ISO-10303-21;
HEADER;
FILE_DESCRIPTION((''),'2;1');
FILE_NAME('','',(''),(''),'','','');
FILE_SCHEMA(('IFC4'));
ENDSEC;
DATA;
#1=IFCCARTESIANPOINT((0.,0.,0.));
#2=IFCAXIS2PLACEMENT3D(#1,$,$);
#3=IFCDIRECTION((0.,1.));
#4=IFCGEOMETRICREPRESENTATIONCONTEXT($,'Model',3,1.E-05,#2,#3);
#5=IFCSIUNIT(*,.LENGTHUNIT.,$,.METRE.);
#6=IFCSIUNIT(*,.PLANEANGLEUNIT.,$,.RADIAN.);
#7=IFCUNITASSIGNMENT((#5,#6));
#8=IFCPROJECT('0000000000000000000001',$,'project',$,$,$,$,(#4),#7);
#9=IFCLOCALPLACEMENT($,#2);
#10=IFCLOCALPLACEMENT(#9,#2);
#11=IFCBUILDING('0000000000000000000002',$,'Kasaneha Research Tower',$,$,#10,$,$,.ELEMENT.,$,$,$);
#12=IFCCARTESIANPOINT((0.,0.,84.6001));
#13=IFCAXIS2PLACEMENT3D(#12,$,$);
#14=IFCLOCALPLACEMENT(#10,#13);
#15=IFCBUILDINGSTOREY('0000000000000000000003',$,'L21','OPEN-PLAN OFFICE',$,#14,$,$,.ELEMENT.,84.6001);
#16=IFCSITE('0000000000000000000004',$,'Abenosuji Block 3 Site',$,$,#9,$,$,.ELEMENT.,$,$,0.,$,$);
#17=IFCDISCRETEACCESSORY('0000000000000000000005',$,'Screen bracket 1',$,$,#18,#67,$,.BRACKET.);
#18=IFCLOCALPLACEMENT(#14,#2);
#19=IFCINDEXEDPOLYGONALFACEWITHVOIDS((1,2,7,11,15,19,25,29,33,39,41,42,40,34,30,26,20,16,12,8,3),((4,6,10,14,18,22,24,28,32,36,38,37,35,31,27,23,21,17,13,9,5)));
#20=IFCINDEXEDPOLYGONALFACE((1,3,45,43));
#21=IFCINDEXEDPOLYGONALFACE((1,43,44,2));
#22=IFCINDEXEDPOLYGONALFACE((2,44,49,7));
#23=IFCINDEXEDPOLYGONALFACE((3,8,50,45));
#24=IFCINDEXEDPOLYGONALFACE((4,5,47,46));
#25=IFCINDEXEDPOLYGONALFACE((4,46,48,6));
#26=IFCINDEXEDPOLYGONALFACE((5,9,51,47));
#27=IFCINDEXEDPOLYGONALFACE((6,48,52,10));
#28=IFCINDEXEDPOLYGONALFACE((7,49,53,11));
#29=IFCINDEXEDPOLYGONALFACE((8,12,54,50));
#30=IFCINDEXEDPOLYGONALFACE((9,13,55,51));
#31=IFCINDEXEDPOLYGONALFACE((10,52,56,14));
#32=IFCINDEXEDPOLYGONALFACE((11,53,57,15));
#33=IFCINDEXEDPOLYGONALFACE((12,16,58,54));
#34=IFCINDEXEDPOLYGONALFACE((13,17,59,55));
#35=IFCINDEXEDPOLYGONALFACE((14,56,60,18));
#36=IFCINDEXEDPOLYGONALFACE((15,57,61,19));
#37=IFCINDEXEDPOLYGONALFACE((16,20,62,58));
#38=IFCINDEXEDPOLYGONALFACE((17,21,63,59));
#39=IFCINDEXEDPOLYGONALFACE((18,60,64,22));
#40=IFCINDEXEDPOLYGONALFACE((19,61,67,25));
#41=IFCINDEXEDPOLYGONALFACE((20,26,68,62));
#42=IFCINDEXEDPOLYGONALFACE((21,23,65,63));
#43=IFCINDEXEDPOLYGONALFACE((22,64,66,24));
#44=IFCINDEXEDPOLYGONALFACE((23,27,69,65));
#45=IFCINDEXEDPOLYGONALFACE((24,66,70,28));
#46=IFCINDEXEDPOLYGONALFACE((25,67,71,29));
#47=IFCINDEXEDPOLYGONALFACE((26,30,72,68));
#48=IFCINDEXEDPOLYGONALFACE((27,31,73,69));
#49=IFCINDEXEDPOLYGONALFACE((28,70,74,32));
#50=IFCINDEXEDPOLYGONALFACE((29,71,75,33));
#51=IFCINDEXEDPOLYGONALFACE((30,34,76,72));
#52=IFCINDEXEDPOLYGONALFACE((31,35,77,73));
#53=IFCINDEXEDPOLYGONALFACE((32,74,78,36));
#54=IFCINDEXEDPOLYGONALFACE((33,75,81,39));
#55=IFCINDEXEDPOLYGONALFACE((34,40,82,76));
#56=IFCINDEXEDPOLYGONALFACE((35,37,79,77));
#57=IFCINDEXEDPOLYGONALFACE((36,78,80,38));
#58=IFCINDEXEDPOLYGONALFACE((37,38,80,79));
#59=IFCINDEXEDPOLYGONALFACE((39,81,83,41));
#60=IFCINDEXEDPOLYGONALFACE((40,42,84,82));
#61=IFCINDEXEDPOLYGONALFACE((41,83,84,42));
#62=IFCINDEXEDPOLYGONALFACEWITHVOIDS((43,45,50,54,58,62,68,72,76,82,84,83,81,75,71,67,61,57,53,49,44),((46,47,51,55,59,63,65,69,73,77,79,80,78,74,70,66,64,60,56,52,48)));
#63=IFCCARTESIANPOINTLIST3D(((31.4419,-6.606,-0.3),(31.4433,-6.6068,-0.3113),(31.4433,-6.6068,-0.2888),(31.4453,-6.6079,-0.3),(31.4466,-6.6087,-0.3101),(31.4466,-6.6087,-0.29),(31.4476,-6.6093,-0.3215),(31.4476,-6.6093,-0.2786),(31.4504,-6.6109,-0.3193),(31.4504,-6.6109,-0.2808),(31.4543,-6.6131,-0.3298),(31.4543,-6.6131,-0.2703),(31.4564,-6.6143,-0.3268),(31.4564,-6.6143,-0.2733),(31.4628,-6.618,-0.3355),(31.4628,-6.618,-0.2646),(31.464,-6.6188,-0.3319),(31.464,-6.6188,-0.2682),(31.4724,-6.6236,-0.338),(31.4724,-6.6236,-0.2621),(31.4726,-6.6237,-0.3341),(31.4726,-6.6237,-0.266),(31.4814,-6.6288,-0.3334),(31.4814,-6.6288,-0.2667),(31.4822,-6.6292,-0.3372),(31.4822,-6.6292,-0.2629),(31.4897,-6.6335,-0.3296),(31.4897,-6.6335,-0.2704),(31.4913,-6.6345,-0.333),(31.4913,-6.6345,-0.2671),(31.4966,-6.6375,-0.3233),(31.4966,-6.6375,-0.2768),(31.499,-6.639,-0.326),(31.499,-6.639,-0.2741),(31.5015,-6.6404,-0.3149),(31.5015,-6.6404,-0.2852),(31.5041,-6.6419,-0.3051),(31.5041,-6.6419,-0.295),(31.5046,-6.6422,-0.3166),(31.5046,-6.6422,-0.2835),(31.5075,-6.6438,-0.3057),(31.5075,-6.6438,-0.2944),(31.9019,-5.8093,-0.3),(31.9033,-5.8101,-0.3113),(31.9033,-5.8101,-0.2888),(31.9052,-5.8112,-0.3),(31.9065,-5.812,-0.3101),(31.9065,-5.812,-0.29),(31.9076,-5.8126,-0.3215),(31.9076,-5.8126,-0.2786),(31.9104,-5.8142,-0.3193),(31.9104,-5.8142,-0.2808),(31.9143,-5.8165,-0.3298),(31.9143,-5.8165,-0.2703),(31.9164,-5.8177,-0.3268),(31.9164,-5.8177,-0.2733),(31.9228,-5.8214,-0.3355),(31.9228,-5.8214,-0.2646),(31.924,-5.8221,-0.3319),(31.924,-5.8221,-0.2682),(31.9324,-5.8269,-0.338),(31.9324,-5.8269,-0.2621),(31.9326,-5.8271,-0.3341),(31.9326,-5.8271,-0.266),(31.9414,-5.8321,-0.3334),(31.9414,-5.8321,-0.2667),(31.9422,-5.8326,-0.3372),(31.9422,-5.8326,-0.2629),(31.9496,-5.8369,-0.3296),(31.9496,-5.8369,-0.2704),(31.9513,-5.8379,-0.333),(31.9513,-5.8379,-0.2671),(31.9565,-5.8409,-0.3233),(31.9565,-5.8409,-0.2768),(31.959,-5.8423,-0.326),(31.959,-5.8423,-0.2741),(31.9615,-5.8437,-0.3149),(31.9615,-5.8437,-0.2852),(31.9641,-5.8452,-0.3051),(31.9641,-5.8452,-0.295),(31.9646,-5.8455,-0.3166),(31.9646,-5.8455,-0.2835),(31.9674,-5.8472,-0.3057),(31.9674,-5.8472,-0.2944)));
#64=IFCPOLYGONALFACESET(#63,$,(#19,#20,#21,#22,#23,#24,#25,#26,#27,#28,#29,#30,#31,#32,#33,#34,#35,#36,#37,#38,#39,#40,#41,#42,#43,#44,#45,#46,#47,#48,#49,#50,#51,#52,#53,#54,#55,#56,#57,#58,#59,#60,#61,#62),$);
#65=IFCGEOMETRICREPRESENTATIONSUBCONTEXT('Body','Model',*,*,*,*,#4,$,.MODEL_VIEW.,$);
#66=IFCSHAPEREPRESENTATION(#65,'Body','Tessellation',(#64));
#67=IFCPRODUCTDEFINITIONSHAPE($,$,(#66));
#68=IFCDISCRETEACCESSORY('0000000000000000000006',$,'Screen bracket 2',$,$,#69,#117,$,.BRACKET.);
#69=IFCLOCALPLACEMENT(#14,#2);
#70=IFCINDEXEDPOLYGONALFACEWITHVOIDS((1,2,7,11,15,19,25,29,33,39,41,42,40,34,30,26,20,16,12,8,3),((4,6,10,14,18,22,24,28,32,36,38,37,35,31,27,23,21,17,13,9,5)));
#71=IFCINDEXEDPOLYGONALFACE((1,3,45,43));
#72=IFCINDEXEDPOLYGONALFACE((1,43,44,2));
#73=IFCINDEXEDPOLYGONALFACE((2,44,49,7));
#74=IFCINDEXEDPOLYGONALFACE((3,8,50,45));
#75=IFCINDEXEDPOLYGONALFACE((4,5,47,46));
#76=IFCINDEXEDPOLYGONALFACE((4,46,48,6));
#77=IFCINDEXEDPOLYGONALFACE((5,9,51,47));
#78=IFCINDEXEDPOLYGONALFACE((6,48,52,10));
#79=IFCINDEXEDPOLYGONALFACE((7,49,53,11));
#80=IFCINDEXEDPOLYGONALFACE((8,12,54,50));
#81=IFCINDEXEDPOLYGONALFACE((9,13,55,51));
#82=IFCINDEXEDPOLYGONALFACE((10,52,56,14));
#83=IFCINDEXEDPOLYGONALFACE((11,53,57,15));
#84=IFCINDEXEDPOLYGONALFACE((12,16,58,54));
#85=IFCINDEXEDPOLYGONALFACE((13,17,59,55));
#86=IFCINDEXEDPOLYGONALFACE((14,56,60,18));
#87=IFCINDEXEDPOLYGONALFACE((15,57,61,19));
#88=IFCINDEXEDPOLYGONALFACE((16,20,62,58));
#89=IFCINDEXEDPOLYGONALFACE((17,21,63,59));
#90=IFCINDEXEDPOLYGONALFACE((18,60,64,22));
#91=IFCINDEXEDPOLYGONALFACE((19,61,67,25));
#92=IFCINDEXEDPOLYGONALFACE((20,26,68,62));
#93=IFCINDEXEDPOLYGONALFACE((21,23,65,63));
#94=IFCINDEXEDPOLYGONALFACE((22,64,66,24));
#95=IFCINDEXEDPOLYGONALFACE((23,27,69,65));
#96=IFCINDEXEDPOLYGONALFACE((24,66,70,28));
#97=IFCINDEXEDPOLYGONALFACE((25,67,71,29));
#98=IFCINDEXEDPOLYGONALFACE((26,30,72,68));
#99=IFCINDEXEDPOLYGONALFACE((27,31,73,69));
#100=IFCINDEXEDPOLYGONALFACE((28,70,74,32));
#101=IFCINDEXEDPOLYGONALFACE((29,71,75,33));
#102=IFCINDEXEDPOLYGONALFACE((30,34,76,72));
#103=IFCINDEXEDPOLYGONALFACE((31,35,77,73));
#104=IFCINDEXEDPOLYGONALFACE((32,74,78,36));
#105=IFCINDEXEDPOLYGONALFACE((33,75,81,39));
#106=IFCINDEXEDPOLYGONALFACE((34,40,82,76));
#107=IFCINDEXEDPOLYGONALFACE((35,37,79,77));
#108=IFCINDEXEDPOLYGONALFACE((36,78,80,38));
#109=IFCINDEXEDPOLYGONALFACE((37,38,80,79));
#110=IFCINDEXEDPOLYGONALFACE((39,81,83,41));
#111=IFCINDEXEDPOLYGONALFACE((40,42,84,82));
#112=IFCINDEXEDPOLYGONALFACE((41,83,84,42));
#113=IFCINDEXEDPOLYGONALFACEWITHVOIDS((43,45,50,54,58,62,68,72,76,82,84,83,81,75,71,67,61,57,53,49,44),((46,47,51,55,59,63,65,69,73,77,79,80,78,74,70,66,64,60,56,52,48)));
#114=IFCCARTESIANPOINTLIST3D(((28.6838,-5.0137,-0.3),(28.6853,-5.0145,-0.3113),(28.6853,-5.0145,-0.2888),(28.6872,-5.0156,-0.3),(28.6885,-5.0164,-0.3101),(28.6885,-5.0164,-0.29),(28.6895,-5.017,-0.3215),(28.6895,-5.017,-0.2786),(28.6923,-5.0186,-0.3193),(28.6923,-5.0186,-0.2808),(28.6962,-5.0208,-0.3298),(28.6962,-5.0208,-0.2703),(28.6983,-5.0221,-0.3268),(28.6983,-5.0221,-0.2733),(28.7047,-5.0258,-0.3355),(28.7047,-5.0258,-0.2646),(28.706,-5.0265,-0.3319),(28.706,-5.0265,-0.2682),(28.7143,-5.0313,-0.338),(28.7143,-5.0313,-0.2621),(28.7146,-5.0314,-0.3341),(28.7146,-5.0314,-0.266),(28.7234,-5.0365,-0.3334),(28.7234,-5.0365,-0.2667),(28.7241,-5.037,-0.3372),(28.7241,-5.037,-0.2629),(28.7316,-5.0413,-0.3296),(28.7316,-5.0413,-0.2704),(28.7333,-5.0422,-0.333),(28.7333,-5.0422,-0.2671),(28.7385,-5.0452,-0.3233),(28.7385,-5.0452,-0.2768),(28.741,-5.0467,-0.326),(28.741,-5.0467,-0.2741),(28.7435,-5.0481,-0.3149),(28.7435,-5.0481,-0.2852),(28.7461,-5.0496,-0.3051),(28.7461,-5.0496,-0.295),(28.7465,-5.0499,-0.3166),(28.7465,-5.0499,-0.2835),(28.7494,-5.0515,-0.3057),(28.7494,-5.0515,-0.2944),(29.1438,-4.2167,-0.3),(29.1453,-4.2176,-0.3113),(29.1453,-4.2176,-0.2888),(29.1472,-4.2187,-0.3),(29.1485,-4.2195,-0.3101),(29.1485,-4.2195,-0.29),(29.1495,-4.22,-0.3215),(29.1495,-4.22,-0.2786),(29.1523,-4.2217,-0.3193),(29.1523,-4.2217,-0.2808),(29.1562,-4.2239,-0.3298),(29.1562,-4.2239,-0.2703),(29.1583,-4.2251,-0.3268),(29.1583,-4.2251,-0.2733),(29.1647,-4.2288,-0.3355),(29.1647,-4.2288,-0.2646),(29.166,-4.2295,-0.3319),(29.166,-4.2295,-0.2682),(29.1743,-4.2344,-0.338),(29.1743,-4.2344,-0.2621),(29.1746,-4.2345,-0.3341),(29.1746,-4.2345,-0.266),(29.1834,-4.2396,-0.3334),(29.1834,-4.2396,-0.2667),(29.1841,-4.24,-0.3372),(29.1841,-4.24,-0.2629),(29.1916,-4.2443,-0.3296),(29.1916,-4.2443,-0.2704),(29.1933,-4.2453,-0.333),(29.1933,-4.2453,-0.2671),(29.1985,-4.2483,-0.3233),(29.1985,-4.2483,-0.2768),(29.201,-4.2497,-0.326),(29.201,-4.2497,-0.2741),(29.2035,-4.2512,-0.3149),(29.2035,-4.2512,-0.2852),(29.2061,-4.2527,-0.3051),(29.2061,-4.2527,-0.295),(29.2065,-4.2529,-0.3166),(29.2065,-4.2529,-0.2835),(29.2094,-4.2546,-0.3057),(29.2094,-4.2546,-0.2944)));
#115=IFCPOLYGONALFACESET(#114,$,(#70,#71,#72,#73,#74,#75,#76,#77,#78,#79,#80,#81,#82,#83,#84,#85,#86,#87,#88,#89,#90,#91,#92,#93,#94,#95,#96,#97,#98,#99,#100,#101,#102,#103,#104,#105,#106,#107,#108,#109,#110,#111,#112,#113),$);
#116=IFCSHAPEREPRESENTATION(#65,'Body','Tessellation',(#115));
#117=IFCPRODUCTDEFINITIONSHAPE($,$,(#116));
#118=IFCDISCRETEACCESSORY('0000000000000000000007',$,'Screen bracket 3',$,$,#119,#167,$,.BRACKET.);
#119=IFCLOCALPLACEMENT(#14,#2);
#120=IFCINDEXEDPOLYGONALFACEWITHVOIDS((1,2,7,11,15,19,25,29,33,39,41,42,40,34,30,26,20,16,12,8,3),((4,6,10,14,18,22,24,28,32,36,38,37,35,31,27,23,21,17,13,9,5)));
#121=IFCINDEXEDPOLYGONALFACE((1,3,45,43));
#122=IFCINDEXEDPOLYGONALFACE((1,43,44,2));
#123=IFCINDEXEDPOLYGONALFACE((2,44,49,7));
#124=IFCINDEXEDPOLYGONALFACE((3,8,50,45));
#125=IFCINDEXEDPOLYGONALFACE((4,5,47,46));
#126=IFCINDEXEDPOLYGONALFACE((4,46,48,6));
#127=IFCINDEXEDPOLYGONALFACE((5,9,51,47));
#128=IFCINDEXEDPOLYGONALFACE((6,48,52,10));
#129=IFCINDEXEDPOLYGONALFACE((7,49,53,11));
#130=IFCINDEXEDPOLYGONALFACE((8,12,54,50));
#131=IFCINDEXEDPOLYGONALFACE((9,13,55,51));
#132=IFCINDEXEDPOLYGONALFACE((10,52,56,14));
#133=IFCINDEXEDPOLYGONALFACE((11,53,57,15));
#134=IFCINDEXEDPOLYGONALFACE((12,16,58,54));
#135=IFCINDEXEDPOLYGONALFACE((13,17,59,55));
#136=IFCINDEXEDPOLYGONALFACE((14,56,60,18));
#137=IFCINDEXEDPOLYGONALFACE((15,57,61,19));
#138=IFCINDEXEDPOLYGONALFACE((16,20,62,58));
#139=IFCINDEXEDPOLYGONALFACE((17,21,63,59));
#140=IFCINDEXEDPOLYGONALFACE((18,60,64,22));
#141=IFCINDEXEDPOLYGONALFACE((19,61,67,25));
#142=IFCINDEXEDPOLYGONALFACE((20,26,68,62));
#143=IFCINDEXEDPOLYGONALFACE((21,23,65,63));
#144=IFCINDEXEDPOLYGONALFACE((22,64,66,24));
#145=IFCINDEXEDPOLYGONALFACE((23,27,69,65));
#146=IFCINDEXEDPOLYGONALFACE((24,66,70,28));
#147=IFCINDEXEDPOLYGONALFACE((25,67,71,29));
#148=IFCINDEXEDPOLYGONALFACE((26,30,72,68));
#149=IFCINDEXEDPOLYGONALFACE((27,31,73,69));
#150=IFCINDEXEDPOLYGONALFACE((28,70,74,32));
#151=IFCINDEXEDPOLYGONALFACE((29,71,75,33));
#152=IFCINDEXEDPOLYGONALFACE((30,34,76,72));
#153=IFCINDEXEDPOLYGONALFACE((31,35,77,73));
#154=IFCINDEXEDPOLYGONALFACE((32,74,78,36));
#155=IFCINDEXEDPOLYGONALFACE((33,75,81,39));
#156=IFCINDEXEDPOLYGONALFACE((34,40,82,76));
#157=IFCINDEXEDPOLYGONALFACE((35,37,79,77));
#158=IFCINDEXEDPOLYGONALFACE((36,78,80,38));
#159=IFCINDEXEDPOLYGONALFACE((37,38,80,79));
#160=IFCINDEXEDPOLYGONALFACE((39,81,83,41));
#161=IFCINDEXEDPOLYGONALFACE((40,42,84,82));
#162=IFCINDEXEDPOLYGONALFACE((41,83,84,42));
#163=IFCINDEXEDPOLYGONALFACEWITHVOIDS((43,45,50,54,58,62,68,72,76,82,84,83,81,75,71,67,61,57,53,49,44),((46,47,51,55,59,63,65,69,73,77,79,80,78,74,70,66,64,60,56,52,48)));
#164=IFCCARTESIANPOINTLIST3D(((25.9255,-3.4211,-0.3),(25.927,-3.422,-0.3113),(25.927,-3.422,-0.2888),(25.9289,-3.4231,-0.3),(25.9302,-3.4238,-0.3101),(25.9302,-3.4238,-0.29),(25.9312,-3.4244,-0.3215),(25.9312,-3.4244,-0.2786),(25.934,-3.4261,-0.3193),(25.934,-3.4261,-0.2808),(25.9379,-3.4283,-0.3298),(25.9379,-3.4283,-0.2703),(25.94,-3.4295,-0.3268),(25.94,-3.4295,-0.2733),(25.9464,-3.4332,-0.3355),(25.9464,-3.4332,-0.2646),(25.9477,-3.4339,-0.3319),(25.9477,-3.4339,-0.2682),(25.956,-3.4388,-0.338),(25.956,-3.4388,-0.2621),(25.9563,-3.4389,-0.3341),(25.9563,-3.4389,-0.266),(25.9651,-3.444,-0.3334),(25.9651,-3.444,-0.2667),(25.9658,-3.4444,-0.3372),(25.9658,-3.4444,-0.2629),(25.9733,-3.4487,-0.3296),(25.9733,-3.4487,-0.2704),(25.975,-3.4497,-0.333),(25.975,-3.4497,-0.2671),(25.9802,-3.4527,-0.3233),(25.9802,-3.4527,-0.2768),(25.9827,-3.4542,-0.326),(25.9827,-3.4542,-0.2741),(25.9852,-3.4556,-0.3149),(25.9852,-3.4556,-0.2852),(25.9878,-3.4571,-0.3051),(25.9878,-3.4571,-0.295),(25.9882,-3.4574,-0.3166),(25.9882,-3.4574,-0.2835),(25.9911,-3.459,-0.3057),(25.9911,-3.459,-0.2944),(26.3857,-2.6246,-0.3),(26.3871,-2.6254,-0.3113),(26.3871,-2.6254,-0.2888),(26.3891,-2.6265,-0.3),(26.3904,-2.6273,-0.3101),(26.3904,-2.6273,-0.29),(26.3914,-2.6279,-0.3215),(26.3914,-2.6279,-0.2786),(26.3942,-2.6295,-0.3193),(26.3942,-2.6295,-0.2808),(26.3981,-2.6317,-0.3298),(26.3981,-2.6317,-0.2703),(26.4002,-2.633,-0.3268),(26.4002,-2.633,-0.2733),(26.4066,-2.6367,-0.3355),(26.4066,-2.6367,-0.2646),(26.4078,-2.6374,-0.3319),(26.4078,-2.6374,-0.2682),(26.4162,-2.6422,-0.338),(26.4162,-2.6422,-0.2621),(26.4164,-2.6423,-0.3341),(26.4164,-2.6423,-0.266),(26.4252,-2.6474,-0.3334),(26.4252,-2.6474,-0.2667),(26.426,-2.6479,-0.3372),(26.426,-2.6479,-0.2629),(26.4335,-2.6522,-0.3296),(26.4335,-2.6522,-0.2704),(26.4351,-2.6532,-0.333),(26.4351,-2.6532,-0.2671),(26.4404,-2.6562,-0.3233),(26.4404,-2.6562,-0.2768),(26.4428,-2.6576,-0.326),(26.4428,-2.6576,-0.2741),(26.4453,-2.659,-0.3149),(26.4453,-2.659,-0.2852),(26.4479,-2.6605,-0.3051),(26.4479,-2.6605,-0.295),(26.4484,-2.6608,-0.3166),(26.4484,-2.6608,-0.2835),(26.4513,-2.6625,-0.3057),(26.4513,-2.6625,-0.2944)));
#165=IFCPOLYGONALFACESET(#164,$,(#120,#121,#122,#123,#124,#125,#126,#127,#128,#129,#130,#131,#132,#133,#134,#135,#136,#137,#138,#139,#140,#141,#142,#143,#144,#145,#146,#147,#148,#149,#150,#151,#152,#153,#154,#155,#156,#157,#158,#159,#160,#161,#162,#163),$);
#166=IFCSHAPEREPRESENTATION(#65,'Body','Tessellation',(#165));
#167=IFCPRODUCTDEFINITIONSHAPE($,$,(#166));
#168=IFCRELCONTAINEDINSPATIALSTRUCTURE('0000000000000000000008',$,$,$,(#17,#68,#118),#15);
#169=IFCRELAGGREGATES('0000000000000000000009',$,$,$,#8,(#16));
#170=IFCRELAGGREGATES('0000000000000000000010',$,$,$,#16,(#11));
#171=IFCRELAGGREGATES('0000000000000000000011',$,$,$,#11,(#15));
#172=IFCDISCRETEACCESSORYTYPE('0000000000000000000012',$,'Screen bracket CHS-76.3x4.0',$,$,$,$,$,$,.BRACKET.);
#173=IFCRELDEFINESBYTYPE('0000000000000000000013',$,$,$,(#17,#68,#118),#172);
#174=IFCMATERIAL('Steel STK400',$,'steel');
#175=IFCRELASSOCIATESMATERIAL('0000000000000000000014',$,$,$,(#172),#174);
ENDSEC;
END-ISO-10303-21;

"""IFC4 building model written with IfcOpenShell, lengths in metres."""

from ifc_helpers import new_model, si_unit, direction, frame, origin, origin_2d, place, context, subcontext, project, spatial, hollow_circle, extrude, material, material_profile, profile_set, type_object, element, save


model = new_model("IFC4")

# Units and contexts
model_context = context("Model", 3, precision=1e-05, world=origin(), true_north=direction((0.0, 1.0)))
body_context = subcontext(model_context, "Body", "Model", "MODEL_VIEW")
ifc_project = project(units=[si_unit("LENGTHUNIT", "METRE"), si_unit("PLANEANGLEUNIT", "RADIAN")], contexts=[model_context])

# Site, building, storey
site_placement = place(None, origin())
site = spatial("IfcSite", under=ifc_project, at=site_placement, Name="Abenosuji Block 3 Site", CompositionType="ELEMENT", RefElevation=0.0)
building_placement = place(site_placement, origin())
building = spatial("IfcBuilding", under=site, at=building_placement, Name="Kasaneha Research Tower", CompositionType="ELEMENT")
storey_placement = place(building_placement, frame((0.0, 0.0, 84.6001)))
storey = spatial("IfcBuildingStorey", under=building, at=storey_placement, Name="L21", Description="OPEN-PLAN OFFICE", CompositionType="ELEMENT", Elevation=84.6001)

# Discrete accessories
ifc_material_1 = material(Name="Steel STK400", Category="steel")
ifc_material_profile_1 = material_profile(ifc_material_1, hollow_circle(Radius=0.0381, WallThickness=0.0039, at=origin_2d()), Name="CHS-76.3x4.0")
ifc_profile_set_1 = profile_set([ifc_material_profile_1], Name="Steel STK400")
discrete_accessory_type = type_object("IfcDiscreteAccessoryType", Name="Screen bracket CHS-76.3x4.0", PredefinedType="BRACKET", material=ifc_profile_set_1)
discrete_accessory_1_placement = place(storey_placement, frame((31.4749, -6.625, -0.3), z_axis=(0.500021, 0.866013, 0.0), x_axis=(-0.866013, 0.500021, 0.0)))
element("IfcDiscreteAccessory", 1, at=discrete_accessory_1_placement, inside=storey, type_object=discrete_accessory_type, Name="Screen bracket 1", PredefinedType="BRACKET", context=body_context, shape_type="SweptSolid", body=[
    extrude(hollow_circle(Radius=0.0381, WallThickness=0.0039, at=origin_2d()), origin(), (0.0, 0.0, 1.0), 0.9199),
])
discrete_accessory_2_placement = place(storey_placement, frame((28.7168, -5.0327, -0.3), z_axis=(0.499906, 0.86608, 0.0), x_axis=(-0.86608, 0.499906, 0.0)))
element("IfcDiscreteAccessory", 2, at=discrete_accessory_2_placement, inside=storey, type_object=discrete_accessory_type, Name="Screen bracket 2", PredefinedType="BRACKET", context=body_context, shape_type="SweptSolid", body=[
    extrude(hollow_circle(Radius=0.0381, WallThickness=0.0039, at=origin_2d()), origin(), (0.0, 0.0, 1.0), 0.9202),
])
discrete_accessory_3_placement = place(storey_placement, frame((25.9585, -3.4402, -0.3), z_axis=(0.50022, 0.865898, 0.0), x_axis=(-0.865898, 0.50022, 0.0)))
element("IfcDiscreteAccessory", 3, at=discrete_accessory_3_placement, inside=storey, type_object=discrete_accessory_type, Name="Screen bracket 3", PredefinedType="BRACKET", context=body_context, shape_type="SweptSolid", body=[
    extrude(hollow_circle(Radius=0.0381, WallThickness=0.0039, at=origin_2d()), origin(), (0.0, 0.0, 1.0), 0.9199),
])

save(model, "model.ifc")
